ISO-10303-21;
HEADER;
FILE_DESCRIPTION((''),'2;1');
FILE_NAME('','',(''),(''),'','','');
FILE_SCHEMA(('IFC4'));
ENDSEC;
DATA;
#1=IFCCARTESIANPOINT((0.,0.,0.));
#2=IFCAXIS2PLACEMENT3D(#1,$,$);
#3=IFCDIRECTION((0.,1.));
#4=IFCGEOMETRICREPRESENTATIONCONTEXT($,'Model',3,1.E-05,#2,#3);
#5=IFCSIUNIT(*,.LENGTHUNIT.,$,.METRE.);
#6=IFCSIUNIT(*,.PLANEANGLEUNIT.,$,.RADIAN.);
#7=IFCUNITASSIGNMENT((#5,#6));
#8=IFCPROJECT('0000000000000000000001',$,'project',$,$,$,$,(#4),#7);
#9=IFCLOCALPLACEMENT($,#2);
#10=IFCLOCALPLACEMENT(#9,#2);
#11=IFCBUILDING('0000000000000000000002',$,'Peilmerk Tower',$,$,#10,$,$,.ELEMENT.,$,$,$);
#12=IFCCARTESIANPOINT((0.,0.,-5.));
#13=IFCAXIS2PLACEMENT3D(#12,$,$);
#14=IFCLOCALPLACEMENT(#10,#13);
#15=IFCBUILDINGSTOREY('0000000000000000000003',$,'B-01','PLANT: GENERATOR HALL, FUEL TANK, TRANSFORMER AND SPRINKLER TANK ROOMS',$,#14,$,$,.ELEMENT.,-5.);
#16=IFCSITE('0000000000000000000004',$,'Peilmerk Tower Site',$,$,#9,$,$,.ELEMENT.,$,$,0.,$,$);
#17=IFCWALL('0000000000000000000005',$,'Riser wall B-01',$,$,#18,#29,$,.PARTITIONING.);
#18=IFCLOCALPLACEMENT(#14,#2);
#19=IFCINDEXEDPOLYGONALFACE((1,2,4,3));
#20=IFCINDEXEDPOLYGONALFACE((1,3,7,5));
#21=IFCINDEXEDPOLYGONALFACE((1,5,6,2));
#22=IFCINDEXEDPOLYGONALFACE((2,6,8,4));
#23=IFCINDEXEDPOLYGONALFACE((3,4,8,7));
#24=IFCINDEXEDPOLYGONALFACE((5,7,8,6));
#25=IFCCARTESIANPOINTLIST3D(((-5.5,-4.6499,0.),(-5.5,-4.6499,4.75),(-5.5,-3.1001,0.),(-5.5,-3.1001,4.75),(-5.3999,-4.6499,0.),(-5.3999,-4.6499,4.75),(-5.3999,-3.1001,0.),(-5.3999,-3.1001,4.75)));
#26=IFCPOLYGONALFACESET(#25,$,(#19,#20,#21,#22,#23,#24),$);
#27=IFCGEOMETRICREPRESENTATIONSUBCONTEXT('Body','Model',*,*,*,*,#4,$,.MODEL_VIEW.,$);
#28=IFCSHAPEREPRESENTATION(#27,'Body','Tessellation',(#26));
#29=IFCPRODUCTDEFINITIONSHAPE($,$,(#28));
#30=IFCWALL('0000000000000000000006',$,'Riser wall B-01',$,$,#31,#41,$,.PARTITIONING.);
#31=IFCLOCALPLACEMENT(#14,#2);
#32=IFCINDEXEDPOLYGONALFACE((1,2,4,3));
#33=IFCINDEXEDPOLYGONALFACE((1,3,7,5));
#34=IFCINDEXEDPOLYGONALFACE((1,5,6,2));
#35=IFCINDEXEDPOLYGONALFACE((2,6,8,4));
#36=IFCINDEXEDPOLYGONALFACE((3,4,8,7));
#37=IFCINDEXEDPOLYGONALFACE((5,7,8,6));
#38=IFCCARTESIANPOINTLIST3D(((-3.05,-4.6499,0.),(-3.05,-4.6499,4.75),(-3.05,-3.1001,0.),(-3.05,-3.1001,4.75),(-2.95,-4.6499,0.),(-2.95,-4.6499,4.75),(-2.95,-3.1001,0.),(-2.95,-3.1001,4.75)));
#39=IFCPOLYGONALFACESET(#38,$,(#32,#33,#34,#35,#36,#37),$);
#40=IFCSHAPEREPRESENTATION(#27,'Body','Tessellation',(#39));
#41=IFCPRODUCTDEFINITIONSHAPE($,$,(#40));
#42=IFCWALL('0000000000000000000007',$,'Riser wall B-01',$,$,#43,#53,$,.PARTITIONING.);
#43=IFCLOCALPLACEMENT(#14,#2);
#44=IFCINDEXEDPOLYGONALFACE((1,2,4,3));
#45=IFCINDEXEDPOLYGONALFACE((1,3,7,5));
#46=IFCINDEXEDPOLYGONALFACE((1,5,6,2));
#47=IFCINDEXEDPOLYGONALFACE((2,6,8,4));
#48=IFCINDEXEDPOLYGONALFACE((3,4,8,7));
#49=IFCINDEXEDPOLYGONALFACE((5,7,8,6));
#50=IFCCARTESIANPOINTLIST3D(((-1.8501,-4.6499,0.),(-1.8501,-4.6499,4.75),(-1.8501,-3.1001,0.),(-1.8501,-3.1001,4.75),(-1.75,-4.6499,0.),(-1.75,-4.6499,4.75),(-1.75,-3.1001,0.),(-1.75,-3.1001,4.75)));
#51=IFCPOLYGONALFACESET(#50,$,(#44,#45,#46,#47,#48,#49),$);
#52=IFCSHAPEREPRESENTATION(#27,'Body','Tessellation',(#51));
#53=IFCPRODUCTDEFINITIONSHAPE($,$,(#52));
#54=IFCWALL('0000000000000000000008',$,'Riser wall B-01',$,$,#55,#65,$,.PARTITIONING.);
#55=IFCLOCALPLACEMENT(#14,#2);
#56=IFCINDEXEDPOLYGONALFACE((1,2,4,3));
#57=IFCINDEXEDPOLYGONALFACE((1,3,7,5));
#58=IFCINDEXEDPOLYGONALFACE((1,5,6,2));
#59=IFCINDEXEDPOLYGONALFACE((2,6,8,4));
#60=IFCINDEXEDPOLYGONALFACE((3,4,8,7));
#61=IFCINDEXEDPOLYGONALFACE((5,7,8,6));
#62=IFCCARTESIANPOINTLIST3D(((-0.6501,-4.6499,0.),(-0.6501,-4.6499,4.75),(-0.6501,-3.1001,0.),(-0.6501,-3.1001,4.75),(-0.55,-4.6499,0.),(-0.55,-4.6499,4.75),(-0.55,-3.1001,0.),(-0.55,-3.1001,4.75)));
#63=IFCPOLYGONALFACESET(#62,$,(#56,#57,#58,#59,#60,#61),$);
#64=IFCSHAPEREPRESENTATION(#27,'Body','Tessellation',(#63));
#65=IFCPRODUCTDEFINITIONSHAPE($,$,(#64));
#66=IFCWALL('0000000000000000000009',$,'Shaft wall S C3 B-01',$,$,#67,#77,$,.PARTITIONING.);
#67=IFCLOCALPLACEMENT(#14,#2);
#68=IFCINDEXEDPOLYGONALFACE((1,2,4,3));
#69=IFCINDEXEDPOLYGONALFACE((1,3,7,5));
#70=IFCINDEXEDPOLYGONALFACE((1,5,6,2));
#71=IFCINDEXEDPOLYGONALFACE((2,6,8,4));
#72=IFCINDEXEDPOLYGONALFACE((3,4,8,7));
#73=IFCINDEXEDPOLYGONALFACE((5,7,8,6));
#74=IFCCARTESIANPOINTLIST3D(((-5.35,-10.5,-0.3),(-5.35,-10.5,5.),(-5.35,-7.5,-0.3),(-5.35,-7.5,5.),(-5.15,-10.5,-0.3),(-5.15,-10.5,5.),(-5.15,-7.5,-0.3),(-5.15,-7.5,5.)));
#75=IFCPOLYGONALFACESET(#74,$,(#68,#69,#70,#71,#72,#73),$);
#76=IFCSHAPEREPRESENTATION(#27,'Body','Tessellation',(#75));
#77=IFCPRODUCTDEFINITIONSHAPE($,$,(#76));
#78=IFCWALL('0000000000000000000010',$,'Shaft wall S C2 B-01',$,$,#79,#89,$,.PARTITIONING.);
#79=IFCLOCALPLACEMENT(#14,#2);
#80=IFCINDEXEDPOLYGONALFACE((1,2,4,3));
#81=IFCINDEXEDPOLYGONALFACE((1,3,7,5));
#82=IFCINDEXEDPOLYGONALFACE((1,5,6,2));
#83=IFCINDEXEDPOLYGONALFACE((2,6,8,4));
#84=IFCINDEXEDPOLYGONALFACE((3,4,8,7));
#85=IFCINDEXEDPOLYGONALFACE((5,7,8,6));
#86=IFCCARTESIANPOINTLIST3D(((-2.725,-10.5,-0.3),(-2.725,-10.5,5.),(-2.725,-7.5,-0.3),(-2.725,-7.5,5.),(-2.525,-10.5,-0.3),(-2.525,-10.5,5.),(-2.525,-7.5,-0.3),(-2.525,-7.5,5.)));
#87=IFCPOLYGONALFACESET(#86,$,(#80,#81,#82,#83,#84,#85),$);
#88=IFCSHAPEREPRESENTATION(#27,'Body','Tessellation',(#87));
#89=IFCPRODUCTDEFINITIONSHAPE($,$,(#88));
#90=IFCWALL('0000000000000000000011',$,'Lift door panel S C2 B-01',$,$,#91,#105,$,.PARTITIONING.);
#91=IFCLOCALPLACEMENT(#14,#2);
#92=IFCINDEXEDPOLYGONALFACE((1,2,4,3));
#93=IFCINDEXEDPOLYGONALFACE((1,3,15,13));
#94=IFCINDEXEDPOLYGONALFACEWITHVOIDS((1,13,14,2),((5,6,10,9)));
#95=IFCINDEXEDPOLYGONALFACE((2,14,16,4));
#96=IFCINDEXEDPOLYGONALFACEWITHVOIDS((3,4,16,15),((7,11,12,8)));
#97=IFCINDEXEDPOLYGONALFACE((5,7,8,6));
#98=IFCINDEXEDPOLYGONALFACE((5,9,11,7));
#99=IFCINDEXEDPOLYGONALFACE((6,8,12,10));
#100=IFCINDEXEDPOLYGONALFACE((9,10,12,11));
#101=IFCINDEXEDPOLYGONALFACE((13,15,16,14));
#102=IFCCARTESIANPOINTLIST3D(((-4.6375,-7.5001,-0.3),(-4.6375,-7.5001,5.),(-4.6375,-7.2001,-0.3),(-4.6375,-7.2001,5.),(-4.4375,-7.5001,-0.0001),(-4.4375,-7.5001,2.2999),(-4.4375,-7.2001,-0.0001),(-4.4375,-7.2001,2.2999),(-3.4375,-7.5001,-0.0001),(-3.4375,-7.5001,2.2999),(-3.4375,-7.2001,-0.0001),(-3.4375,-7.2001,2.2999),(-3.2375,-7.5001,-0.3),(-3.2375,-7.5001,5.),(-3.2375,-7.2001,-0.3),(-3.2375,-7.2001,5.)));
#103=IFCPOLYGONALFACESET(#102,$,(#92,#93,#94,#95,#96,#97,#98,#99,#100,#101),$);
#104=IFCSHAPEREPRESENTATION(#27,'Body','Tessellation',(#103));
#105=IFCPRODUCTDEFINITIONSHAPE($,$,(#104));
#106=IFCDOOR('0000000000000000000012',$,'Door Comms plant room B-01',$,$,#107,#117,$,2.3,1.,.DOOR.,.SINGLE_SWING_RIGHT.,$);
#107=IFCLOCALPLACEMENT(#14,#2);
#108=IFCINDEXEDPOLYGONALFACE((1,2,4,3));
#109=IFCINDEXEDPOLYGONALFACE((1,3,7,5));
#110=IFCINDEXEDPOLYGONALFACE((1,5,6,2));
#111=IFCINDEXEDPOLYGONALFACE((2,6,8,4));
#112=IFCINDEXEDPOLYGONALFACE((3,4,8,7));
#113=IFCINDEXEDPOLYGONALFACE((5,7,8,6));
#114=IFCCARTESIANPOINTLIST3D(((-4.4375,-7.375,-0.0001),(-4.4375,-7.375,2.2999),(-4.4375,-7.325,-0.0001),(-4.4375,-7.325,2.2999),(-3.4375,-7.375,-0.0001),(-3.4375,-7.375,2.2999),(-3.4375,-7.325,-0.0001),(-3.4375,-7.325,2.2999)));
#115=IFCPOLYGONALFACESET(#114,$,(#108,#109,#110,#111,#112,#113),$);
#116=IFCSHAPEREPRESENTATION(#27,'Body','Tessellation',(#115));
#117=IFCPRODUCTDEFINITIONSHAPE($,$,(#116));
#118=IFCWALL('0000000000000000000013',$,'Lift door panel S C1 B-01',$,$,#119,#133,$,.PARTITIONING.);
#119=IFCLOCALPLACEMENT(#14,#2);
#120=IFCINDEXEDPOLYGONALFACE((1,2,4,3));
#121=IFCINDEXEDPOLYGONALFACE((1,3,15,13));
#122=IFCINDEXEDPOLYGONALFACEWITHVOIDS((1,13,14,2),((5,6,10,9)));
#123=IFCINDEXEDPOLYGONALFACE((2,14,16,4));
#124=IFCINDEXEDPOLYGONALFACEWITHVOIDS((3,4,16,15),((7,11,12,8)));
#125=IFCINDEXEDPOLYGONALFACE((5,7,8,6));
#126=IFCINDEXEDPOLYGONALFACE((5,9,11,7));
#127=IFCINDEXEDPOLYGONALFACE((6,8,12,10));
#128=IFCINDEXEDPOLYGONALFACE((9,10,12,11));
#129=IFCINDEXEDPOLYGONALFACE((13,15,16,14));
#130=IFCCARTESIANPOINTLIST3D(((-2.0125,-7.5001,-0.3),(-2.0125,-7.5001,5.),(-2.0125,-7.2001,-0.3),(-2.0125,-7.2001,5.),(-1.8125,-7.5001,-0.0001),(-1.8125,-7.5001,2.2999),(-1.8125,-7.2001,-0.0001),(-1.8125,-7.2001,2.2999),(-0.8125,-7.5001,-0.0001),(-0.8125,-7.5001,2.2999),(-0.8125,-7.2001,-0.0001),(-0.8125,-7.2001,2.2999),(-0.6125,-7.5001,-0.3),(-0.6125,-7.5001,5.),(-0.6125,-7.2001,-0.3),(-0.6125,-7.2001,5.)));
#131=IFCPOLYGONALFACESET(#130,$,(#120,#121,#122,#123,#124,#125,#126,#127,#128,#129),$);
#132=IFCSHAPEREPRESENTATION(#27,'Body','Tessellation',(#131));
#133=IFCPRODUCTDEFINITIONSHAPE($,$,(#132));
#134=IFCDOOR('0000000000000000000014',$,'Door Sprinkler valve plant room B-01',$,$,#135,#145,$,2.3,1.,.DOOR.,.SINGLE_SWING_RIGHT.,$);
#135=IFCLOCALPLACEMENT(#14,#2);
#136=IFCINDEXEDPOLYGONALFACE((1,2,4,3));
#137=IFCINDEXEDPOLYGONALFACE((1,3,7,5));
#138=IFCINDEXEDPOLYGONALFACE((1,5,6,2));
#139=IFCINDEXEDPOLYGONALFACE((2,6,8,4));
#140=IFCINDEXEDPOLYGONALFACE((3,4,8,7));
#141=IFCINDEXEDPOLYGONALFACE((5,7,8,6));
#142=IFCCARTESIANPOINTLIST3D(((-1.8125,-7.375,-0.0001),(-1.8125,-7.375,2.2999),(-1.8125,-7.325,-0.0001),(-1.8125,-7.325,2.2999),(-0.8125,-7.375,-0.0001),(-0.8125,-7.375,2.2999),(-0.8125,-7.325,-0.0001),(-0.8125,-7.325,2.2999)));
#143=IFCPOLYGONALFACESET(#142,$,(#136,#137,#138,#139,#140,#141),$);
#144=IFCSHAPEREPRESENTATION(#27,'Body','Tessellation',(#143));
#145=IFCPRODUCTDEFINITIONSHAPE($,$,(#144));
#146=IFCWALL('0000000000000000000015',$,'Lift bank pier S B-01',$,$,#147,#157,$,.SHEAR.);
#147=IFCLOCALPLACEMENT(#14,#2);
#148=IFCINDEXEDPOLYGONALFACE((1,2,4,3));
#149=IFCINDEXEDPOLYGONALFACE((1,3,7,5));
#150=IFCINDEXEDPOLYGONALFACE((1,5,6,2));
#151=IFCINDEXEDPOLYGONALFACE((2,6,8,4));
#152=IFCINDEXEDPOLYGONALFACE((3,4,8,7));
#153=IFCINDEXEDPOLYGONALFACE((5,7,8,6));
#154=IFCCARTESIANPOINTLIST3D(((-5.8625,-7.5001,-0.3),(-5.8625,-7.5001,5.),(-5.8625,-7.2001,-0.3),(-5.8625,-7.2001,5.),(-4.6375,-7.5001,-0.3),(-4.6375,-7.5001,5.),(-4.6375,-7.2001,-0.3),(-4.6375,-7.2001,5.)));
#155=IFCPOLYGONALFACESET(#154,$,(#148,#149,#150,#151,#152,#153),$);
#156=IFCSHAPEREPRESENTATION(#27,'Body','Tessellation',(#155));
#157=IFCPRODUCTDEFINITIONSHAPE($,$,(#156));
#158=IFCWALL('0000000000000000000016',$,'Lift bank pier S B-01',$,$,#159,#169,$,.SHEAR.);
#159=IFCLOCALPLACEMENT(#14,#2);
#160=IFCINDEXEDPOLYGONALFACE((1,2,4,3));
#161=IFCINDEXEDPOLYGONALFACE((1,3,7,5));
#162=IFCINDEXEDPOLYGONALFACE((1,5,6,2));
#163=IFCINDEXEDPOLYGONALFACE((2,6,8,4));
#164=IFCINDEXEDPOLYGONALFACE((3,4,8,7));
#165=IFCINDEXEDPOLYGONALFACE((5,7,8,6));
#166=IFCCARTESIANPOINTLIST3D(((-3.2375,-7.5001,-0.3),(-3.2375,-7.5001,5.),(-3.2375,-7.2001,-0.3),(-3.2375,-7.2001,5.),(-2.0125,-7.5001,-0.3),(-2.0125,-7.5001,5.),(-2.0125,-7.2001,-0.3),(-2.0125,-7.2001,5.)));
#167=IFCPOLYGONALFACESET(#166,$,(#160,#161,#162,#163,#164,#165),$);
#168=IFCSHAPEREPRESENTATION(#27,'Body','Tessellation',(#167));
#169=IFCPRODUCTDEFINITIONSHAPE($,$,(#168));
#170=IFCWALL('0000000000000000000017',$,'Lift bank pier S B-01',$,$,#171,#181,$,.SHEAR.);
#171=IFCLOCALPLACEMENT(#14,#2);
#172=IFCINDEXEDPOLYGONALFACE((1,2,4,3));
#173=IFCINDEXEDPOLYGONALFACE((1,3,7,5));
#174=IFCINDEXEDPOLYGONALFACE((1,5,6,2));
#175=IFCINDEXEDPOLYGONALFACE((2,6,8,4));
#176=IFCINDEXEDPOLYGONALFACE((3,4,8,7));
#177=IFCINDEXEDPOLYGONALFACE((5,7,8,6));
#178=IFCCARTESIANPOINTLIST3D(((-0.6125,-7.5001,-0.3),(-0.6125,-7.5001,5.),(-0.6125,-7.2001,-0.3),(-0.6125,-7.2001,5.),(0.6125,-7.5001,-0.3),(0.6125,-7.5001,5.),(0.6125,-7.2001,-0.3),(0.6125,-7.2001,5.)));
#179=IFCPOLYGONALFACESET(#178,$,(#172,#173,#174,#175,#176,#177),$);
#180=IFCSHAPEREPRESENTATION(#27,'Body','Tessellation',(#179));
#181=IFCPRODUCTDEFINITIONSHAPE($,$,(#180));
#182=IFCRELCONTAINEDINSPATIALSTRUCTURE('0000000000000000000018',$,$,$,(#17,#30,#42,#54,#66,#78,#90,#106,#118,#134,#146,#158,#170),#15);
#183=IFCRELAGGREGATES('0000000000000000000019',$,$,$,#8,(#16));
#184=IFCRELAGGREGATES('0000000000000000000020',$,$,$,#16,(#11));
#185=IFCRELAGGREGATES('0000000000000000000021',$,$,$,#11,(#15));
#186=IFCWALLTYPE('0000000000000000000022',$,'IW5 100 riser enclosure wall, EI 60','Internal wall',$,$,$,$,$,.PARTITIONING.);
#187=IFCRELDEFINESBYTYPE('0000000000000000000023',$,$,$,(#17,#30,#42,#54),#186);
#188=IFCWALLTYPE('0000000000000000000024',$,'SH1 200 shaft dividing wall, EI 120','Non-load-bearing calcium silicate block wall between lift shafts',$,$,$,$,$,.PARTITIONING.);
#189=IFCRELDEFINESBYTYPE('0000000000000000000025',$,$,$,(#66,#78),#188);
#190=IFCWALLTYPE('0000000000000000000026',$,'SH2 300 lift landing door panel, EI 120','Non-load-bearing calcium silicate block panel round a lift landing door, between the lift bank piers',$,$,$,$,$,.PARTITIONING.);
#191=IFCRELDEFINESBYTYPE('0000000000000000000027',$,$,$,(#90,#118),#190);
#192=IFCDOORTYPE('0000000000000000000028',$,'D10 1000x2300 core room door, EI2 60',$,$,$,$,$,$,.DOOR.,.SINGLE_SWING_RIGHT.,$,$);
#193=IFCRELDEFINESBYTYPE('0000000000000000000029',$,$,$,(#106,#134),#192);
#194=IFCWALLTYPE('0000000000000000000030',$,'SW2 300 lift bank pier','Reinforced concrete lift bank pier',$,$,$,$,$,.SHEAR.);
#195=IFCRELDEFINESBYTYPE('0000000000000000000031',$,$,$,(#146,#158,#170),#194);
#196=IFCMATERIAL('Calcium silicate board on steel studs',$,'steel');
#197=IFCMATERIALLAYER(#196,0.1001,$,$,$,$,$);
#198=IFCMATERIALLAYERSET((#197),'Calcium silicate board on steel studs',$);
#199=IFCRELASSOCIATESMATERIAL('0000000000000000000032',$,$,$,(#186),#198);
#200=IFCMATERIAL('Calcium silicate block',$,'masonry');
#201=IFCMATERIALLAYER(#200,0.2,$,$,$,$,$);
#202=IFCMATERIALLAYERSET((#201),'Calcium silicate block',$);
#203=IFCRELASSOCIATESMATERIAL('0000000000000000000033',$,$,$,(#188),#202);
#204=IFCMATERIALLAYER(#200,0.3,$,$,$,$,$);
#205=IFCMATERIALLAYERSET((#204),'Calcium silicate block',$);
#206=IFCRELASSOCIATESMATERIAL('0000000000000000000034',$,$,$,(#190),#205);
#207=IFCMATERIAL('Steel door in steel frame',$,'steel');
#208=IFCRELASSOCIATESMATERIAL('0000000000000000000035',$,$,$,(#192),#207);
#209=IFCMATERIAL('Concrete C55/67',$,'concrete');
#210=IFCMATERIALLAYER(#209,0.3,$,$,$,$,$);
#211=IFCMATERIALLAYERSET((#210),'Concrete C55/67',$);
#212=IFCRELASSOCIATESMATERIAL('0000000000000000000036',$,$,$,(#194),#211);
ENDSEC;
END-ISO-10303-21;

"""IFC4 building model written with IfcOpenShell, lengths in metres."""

from ifc_helpers import new_model, si_unit, direction, frame, frame_2d, origin, place, context, subcontext, project, spatial, rectangle, extrude, material, layer, layer_set, type_object, element, fill, save


model = new_model("IFC4")

# Units and contexts
model_context = context("Model", 3, precision=1e-05, world=origin(), true_north=direction((0.0, 1.0)))
body_context = subcontext(model_context, "Body", "Model", "MODEL_VIEW")
ifc_project = project(units=[si_unit("LENGTHUNIT", "METRE"), si_unit("PLANEANGLEUNIT", "RADIAN")], contexts=[model_context])

# Site, building, storey
site_placement = place(None, origin())
site = spatial("IfcSite", under=ifc_project, at=site_placement, Name="Peilmerk Tower Site", CompositionType="ELEMENT", RefElevation=0.0)
building_placement = place(site_placement, origin())
building = spatial("IfcBuilding", under=site, at=building_placement, Name="Peilmerk Tower", CompositionType="ELEMENT")
storey_placement = place(building_placement, frame((0.0, 0.0, -5.0)))
storey = spatial("IfcBuildingStorey", under=building, at=storey_placement, Name="B-01", Description="PLANT: GENERATOR HALL, FUEL TANK, TRANSFORMER AND SPRINKLER TANK ROOMS", CompositionType="ELEMENT", Elevation=-5.0)

# Walls
ifc_material_1 = material(Name="Calcium silicate board on steel studs", Category="steel")
ifc_layer_1 = layer(ifc_material_1, 0.1001)
ifc_layer_set_1 = layer_set([ifc_layer_1], Name="Calcium silicate board on steel studs")
wall_type_1 = type_object("IfcWallType", Name="IW5 100 riser enclosure wall, EI 60", Description="Internal wall", PredefinedType="PARTITIONING", material=ifc_layer_set_1)
for number, where, z_axis, x_axis, name in (
    (1, (-5.45, -3.1001, 0.0), (0.0, 0.0, 1.0), (0.0, -1.0, 0.0), "Riser wall B-01"),
    (2, (-3.0, -3.1001, 0.0), (0.0, 0.0, 1.0), (0.0, -1.0, 0.0), "Riser wall B-01"),
    (3, (-1.8, -3.1001, 0.0), (0.0, 0.0, 1.0), (0.0, -1.0, 0.0), "Riser wall B-01"),
    (4, (-0.6001, -3.1001, 0.0), (0.0, 0.0, 1.0), (0.0, -1.0, 0.0), "Riser wall B-01"),
):
    element("IfcWall", number, at=place(storey_placement, frame(where, z_axis=z_axis, x_axis=x_axis)), inside=storey, type_object=wall_type_1, Name=name, PredefinedType="PARTITIONING", context=body_context, shape_type="SweptSolid", body=[
        extrude(rectangle(XDim=1.5498, YDim=0.1001, at=frame_2d((0.7749, 0.0))), origin(), (0.0, 0.0, 1.0), 4.75),
    ])
ifc_material_2 = material(Name="Calcium silicate block", Category="masonry")
ifc_layer_2 = layer(ifc_material_2, 0.2)
ifc_layer_set_2 = layer_set([ifc_layer_2], Name="Calcium silicate block")
wall_type_2 = type_object("IfcWallType", Name="SH1 200 shaft dividing wall, EI 120", Description="Non-load-bearing calcium silicate block wall between lift shafts", PredefinedType="PARTITIONING", material=ifc_layer_set_2)
for number, where, z_axis, x_axis, name in (
    (5, (-5.25, -10.5, -0.3), (0.0, 0.0, 1.0), (0.0, 1.0, 0.0), "Shaft wall S C3 B-01"),
    (6, (-2.625, -10.5, -0.3), (0.0, 0.0, 1.0), (0.0, 1.0, 0.0), "Shaft wall S C2 B-01"),
):
    element("IfcWall", number, at=place(storey_placement, frame(where, z_axis=z_axis, x_axis=x_axis)), inside=storey, type_object=wall_type_2, Name=name, PredefinedType="PARTITIONING", context=body_context, shape_type="SweptSolid", body=[
        extrude(rectangle(XDim=3.0, YDim=0.2, at=frame_2d((1.5, 0.0))), origin(), (0.0, 0.0, 1.0), 5.3),
    ])

# Walls, openings, doors
ifc_layer_3 = layer(ifc_material_2, 0.3)
ifc_layer_set_3 = layer_set([ifc_layer_3], Name="Calcium silicate block")
wall_type_3 = type_object("IfcWallType", Name="SH2 300 lift landing door panel, EI 120", Description="Non-load-bearing calcium silicate block panel round a lift landing door, between the lift bank piers", PredefinedType="PARTITIONING", material=ifc_layer_set_3)
wall_1_placement = place(storey_placement, frame((-4.6375, -7.3501, -0.3), z_axis=(0.0, 0.0, 1.0), x_axis=(1.0, 0.0, 0.0)))
wall_1 = element("IfcWall", 7, at=wall_1_placement, inside=storey, type_object=wall_type_3, Name="Lift door panel S C2 B-01", PredefinedType="PARTITIONING", context=body_context, shape_type="SweptSolid", body=[
    extrude(rectangle(XDim=1.3999, YDim=0.3, at=frame_2d((0.7, 0.0))), origin(), (0.0, 0.0, 1.0), 5.3),
])
opening_1_placement = place(wall_1_placement, frame((0.2, 0.0, 0.3)))
opening_1 = element("IfcOpeningElement", 8, at=opening_1_placement, cuts=wall_1, PredefinedType="OPENING", context=body_context, shape_type="SweptSolid", body=[
    extrude(rectangle(XDim=1.0, YDim=2.3, at=frame_2d((0.5, 1.1499))), frame((0.0, 0.1599, 0.0), z_axis=(0.0, -1.0, 0.0), x_axis=(1.0, 0.0, 0.0)), (0.0, 0.0, 1.0), 0.3201),
])
ifc_material_3 = material(Name="Steel door in steel frame", Category="steel")
door_type = type_object("IfcDoorType", Name="D10 1000x2300 core room door, EI2 60", OperationType="SINGLE_SWING_RIGHT", PredefinedType="DOOR", material=ifc_material_3)
door_1_placement = place(opening_1_placement, frame((1.0, 0.0, 0.0), z_axis=(0.0, 0.0, 1.0), x_axis=(-1.0, 0.0, 0.0)))
door_1 = element("IfcDoor", 9, at=door_1_placement, inside=storey, type_object=door_type, Name="Door Comms plant room B-01", OperationType="SINGLE_SWING_RIGHT", OverallHeight=2.3, OverallWidth=1.0, PredefinedType="DOOR", context=body_context, shape_type="SweptSolid", body=[
    extrude(rectangle(XDim=1.0, YDim=2.3, at=frame_2d((0.5, 1.1499))), frame((0.0, 0.0249, 0.0), z_axis=(0.0, -1.0, 0.0), x_axis=(1.0, 0.0, 0.0)), (0.0, 0.0, 1.0), 0.05),
])
fill(opening_1, door_1)
wall_2_placement = place(storey_placement, frame((-2.0125, -7.3501, -0.3), z_axis=(0.0, 0.0, 1.0), x_axis=(1.0, 0.0, 0.0)))
wall_2 = element("IfcWall", 10, at=wall_2_placement, inside=storey, type_object=wall_type_3, Name="Lift door panel S C1 B-01", PredefinedType="PARTITIONING", context=body_context, shape_type="SweptSolid", body=[
    extrude(rectangle(XDim=1.3999, YDim=0.3, at=frame_2d((0.7, 0.0))), origin(), (0.0, 0.0, 1.0), 5.3),
])
opening_2_placement = place(wall_2_placement, frame((0.2, 0.0, 0.3)))
opening_2 = element("IfcOpeningElement", 11, at=opening_2_placement, cuts=wall_2, PredefinedType="OPENING", context=body_context, shape_type="SweptSolid", body=[
    extrude(rectangle(XDim=1.0, YDim=2.3, at=frame_2d((0.5, 1.1499))), frame((0.0, 0.1599, 0.0), z_axis=(0.0, -1.0, 0.0), x_axis=(1.0, 0.0, 0.0)), (0.0, 0.0, 1.0), 0.3201),
])
door_2_placement = place(opening_2_placement, frame((1.0, 0.0, 0.0), z_axis=(0.0, 0.0, 1.0), x_axis=(-1.0, 0.0, 0.0)))
door_2 = element("IfcDoor", 12, at=door_2_placement, inside=storey, type_object=door_type, Name="Door Sprinkler valve plant room B-01", OperationType="SINGLE_SWING_RIGHT", OverallHeight=2.3, OverallWidth=1.0, PredefinedType="DOOR", context=body_context, shape_type="SweptSolid", body=[
    extrude(rectangle(XDim=1.0, YDim=2.3, at=frame_2d((0.5, 1.1499))), frame((0.0, 0.0249, 0.0), z_axis=(0.0, -1.0, 0.0), x_axis=(1.0, 0.0, 0.0)), (0.0, 0.0, 1.0), 0.05),
])
fill(opening_2, door_2)

# Walls
ifc_material_4 = material(Name="Concrete C55/67", Category="concrete")
ifc_layer_4 = layer(ifc_material_4, 0.3)
ifc_layer_set_4 = layer_set([ifc_layer_4], Name="Concrete C55/67")
wall_type_4 = type_object("IfcWallType", Name="SW2 300 lift bank pier", Description="Reinforced concrete lift bank pier", PredefinedType="SHEAR", material=ifc_layer_set_4)
for number, where, z_axis, x_axis, name in (
    (13, (-5.8625, -7.3501, -0.3), (0.0, 0.0, 1.0), (1.0, 0.0, 0.0), "Lift bank pier S B-01"),
    (14, (-3.2375, -7.3501, -0.3), (0.0, 0.0, 1.0), (1.0, 0.0, 0.0), "Lift bank pier S B-01"),
    (15, (-0.6125, -7.3501, -0.3), (0.0, 0.0, 1.0), (1.0, 0.0, 0.0), "Lift bank pier S B-01"),
):
    element("IfcWall", number, at=place(storey_placement, frame(where, z_axis=z_axis, x_axis=x_axis)), inside=storey, type_object=wall_type_4, Name=name, PredefinedType="SHEAR", context=body_context, shape_type="SweptSolid", body=[
        extrude(rectangle(XDim=1.2251, YDim=0.3, at=frame_2d((0.6125, 0.0))), origin(), (0.0, 0.0, 1.0), 5.3),
    ])

save(model, "model.ifc")
